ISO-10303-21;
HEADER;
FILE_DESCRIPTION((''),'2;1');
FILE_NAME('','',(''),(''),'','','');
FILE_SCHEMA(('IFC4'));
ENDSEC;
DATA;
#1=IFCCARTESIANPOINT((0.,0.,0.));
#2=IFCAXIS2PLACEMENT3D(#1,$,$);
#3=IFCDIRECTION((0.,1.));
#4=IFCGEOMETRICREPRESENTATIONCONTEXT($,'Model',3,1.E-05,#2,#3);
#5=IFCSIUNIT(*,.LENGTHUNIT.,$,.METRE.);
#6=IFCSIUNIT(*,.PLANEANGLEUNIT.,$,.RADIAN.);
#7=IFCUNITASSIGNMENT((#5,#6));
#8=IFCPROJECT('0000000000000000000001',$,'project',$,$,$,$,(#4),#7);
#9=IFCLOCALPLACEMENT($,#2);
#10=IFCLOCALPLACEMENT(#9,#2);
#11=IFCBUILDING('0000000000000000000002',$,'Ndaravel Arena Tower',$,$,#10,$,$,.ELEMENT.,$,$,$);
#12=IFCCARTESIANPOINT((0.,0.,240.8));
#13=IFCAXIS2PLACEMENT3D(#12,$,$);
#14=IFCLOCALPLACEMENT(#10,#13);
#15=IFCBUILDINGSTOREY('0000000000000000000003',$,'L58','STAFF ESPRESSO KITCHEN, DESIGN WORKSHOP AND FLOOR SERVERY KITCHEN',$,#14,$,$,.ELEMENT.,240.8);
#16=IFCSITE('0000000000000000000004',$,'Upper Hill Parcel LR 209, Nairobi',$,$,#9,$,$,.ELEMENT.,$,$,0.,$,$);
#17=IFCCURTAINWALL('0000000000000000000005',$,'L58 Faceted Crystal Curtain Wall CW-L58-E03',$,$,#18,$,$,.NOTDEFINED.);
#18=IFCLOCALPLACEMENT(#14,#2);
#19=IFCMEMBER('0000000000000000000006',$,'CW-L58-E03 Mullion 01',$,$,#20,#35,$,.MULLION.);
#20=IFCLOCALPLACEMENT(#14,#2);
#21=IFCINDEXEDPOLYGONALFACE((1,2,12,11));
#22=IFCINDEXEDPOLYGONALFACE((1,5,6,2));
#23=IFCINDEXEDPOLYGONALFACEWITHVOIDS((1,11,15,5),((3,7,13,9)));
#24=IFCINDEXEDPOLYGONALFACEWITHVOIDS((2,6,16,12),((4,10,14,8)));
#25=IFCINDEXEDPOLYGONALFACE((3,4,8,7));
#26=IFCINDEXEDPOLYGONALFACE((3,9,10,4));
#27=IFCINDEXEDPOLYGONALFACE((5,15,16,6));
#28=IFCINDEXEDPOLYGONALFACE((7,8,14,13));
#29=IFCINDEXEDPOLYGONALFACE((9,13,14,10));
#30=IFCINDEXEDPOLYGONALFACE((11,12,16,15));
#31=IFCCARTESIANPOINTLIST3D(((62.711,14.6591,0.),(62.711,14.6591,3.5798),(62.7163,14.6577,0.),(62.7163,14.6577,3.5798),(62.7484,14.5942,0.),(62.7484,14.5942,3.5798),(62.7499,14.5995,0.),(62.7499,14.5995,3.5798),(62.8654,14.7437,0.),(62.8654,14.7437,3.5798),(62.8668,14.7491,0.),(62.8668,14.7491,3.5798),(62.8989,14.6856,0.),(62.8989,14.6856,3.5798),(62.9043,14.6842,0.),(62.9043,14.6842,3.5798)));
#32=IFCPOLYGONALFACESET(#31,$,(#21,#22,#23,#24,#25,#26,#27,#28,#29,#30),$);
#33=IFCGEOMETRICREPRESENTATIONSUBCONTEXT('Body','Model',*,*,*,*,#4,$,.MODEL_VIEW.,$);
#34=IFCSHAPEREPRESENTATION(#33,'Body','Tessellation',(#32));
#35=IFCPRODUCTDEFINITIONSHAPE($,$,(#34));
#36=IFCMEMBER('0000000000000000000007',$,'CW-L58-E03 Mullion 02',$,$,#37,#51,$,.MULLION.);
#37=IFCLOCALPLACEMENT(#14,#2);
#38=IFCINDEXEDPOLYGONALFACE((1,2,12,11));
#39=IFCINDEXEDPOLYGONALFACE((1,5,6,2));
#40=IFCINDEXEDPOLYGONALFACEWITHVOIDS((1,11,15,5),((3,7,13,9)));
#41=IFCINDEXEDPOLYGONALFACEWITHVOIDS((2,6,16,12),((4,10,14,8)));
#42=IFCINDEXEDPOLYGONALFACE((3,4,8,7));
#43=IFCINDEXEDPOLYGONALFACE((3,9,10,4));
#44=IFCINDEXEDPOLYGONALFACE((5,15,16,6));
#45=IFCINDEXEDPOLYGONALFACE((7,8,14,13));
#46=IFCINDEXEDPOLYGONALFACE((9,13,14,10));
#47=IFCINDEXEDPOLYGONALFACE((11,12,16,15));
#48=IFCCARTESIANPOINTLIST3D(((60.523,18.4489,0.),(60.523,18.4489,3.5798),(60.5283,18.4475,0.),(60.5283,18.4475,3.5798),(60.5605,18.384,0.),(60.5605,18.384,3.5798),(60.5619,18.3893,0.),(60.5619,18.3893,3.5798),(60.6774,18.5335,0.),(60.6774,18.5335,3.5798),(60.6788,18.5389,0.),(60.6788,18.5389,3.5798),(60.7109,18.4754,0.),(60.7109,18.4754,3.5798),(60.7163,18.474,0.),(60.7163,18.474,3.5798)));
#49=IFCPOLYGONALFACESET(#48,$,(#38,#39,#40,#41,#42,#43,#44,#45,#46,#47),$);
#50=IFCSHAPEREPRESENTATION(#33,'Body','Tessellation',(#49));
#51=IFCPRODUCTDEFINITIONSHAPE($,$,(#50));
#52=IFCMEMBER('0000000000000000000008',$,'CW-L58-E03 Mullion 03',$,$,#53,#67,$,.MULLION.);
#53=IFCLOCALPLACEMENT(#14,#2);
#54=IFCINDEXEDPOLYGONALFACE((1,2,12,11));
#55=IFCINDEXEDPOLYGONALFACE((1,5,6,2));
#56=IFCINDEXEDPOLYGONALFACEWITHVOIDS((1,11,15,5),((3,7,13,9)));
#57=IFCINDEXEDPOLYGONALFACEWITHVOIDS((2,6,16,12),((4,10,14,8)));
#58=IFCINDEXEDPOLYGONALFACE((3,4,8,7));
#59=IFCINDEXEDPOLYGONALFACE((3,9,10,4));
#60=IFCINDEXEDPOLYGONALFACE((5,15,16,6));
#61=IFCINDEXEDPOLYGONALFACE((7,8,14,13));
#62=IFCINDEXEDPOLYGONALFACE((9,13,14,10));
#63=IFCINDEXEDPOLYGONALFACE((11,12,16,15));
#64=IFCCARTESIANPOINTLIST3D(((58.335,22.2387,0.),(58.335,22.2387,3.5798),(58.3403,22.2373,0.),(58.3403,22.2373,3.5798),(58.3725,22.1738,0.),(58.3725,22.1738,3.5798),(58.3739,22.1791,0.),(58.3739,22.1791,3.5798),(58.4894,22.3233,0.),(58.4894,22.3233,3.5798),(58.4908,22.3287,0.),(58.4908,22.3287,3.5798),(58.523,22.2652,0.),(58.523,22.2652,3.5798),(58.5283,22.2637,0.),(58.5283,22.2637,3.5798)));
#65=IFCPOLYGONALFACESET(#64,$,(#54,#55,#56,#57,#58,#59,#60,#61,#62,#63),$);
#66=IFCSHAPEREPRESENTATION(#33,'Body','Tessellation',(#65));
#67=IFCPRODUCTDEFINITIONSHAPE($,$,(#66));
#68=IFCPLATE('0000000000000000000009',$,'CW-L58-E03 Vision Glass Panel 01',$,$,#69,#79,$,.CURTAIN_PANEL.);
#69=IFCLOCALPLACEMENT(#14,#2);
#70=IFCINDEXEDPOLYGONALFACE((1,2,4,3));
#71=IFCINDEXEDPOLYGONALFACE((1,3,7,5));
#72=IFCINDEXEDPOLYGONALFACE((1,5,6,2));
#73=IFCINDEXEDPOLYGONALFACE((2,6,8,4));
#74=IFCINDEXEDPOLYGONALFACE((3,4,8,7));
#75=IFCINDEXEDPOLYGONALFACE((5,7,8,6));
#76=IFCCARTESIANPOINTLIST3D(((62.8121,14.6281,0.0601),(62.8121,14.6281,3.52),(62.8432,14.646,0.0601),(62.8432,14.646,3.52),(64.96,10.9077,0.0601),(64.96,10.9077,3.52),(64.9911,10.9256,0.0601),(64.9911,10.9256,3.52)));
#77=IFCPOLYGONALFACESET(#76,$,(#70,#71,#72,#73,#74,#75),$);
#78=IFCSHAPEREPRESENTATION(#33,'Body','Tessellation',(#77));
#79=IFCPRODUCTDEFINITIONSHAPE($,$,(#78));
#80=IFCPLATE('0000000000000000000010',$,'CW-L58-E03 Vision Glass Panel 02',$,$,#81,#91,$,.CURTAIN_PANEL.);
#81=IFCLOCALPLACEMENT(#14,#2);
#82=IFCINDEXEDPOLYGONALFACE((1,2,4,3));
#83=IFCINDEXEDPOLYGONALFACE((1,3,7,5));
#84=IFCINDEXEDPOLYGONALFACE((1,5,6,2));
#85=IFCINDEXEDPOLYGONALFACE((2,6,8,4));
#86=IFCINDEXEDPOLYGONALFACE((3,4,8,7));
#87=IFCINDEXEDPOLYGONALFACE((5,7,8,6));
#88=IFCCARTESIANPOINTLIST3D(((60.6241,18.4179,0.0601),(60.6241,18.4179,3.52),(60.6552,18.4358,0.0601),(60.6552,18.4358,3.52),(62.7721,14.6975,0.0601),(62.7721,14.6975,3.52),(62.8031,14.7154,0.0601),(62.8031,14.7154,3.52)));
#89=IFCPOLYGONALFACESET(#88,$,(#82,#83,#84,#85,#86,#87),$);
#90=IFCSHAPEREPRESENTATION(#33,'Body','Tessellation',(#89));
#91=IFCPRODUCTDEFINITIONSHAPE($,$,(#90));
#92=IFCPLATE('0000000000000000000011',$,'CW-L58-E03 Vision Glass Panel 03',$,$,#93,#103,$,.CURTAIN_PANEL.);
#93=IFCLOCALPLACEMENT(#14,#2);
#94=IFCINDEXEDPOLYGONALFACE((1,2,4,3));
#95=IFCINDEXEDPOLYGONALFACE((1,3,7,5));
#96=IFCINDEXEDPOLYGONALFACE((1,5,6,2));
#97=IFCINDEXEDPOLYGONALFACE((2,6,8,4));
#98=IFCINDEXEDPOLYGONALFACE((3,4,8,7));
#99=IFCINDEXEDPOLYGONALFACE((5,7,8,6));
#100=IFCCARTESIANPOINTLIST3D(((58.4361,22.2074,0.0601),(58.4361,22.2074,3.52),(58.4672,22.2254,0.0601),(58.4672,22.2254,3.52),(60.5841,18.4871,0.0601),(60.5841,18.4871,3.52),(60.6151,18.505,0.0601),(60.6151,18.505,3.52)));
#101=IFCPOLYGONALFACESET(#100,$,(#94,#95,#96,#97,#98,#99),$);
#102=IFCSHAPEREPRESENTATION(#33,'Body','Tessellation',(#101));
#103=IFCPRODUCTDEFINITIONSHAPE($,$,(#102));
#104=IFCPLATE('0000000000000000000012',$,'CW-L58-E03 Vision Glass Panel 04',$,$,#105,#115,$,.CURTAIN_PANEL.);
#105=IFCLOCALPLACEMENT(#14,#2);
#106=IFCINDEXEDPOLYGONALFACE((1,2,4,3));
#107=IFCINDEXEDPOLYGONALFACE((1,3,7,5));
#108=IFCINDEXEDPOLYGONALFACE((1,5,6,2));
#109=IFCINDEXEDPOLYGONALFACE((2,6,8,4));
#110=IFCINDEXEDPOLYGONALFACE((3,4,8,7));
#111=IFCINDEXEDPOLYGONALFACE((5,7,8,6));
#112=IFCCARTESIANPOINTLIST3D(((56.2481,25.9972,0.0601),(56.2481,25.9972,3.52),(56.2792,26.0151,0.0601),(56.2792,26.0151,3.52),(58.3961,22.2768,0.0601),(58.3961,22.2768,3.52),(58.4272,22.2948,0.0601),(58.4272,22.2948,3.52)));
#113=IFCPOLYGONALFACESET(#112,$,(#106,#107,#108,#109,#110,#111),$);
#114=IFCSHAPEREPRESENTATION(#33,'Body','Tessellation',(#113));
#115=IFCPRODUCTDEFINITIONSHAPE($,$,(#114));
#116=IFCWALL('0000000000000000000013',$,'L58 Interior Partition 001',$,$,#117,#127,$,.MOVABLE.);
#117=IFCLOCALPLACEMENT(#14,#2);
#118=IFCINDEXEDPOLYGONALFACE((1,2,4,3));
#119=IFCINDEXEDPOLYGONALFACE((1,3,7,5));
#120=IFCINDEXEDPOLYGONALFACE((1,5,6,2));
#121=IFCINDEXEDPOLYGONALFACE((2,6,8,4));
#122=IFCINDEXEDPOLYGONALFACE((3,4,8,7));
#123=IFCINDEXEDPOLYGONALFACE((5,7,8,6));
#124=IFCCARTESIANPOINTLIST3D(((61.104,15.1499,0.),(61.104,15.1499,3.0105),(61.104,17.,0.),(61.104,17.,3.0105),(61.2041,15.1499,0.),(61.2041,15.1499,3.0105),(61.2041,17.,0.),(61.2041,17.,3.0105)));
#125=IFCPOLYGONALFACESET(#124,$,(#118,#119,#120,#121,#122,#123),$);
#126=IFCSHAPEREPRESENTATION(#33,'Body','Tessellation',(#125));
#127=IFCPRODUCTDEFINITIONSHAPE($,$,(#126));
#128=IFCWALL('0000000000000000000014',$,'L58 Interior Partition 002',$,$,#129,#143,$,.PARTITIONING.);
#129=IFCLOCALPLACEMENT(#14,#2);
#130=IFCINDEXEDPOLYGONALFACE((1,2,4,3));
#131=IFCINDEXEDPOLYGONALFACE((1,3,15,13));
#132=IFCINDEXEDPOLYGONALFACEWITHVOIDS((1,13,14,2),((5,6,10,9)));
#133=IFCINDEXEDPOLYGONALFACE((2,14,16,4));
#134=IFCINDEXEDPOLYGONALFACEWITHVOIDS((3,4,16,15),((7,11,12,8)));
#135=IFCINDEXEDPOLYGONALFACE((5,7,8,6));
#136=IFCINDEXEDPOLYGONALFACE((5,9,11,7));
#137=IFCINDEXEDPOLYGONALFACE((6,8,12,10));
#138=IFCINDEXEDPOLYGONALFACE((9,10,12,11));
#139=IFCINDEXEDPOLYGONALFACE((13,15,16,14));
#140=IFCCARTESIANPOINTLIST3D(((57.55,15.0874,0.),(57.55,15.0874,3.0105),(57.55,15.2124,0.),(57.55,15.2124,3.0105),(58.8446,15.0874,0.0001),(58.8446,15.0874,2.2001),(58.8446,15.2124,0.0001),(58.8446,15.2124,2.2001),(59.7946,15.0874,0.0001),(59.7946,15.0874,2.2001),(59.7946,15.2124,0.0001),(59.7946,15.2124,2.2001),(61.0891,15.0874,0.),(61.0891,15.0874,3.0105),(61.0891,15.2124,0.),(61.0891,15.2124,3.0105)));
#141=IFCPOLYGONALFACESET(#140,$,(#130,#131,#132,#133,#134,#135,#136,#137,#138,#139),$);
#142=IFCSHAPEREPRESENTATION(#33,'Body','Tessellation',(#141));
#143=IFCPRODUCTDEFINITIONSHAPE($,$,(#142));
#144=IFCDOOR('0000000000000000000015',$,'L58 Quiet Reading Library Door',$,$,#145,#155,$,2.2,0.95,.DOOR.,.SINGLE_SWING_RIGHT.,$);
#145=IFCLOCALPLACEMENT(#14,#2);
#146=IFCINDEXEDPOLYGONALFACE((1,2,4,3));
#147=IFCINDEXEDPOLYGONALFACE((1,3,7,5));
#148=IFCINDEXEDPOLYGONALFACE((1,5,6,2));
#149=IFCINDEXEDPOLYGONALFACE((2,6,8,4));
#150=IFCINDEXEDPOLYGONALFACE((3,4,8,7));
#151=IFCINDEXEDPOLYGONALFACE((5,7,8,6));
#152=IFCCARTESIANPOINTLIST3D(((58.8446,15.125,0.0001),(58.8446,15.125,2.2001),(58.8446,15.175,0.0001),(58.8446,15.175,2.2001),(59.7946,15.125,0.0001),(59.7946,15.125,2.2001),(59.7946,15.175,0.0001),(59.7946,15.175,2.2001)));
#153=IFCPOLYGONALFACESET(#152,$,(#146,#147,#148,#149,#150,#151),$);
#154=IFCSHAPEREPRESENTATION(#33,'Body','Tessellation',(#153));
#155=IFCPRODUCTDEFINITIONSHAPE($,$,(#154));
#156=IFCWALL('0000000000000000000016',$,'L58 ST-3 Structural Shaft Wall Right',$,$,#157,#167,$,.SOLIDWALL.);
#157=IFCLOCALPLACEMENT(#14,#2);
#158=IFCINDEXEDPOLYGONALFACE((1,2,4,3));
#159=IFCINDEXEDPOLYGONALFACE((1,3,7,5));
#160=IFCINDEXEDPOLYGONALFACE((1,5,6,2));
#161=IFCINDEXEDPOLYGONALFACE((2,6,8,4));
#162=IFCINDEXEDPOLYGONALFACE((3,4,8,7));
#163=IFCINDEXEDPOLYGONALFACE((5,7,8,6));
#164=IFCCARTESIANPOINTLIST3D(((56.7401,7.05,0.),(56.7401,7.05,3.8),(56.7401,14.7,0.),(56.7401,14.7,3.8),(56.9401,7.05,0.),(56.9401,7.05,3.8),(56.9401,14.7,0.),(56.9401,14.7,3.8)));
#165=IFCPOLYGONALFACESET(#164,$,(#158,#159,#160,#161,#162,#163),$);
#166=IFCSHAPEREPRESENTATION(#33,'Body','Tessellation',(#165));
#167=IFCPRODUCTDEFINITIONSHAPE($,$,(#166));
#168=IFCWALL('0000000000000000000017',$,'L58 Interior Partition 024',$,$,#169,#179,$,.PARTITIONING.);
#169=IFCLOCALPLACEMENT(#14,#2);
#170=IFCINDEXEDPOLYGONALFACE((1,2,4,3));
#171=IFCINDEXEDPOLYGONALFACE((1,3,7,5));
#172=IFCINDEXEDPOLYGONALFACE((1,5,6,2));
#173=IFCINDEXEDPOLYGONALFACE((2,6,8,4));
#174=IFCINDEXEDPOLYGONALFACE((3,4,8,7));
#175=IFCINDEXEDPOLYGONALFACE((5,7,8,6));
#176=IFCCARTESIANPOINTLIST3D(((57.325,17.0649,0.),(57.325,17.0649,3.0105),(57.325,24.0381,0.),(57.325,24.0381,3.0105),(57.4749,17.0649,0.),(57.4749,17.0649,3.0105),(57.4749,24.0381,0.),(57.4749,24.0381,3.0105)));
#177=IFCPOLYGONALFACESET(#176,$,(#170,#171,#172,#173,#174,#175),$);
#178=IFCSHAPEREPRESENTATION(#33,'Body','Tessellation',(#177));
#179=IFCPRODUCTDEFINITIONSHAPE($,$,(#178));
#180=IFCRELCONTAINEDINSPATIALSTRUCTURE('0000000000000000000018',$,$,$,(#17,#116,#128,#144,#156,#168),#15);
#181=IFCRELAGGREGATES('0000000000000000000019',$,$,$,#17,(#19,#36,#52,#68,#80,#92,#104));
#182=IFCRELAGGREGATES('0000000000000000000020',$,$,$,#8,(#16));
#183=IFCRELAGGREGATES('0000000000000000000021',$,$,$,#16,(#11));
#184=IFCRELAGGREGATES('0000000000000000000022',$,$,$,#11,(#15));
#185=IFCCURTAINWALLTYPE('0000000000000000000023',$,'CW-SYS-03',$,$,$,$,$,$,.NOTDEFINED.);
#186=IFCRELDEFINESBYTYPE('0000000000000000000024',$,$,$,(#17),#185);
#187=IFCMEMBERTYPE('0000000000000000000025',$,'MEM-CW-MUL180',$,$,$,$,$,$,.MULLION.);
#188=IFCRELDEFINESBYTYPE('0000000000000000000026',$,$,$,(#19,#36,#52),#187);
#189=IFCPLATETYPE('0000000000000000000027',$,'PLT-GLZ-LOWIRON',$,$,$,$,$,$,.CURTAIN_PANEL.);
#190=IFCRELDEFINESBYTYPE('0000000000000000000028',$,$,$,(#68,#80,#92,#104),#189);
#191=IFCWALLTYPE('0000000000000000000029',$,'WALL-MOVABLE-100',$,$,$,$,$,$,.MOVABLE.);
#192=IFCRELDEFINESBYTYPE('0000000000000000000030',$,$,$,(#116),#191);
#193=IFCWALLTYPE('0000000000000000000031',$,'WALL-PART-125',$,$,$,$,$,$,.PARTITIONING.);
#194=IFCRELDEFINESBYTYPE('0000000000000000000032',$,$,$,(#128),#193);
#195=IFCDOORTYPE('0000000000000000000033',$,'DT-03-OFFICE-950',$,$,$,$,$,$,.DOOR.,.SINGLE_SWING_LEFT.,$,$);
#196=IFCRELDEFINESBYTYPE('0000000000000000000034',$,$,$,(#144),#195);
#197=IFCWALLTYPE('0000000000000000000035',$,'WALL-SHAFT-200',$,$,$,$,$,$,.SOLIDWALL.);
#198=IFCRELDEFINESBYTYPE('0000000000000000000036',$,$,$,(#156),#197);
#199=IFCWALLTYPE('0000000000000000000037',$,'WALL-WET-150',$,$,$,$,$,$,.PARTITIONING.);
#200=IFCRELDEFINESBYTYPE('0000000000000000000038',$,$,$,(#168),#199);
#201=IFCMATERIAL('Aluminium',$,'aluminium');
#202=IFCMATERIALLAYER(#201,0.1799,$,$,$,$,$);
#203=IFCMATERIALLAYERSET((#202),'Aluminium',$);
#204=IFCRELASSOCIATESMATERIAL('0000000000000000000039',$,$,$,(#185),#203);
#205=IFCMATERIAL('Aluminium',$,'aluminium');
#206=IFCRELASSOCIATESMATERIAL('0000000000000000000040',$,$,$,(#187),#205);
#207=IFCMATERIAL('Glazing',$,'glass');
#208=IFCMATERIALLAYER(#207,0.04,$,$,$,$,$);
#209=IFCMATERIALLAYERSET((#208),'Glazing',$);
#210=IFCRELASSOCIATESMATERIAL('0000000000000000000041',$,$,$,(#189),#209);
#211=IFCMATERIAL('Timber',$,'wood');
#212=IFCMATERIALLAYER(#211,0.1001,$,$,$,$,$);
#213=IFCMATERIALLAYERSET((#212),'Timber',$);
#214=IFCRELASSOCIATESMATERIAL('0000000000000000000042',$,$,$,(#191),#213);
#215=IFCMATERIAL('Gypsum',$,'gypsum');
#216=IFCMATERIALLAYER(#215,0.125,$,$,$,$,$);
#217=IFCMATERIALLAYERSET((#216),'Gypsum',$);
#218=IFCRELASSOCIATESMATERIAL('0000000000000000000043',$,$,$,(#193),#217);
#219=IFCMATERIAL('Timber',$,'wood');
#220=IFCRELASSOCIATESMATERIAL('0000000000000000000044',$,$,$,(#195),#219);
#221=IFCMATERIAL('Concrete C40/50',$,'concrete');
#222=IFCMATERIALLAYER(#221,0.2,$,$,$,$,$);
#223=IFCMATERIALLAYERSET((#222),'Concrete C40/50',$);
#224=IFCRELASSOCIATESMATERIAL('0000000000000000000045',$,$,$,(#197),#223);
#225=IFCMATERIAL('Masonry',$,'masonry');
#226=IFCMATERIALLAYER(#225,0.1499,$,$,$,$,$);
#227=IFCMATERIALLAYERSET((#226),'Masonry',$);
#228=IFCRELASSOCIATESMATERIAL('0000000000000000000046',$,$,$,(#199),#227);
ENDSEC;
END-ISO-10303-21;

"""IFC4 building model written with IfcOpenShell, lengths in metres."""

from ifc_helpers import new_model, si_unit, direction, frame, frame_2d, origin, origin_2d, place, context, subcontext, project, spatial, rectangle, hollow_rectangle, extrude, material, layer, layer_set, material_profile, profile_set, type_object, element, fill, aggregate, save


model = new_model("IFC4")

# Units and contexts
model_context = context("Model", 3, precision=1e-05, world=origin(), true_north=direction((0.0, 1.0)))
body_context = subcontext(model_context, "Body", "Model", "MODEL_VIEW")
ifc_project = project(units=[si_unit("LENGTHUNIT", "METRE"), si_unit("PLANEANGLEUNIT", "RADIAN")], contexts=[model_context])

# Site, building, storey
site_placement = place(None, origin())
site = spatial("IfcSite", under=ifc_project, at=site_placement, Name="Upper Hill Parcel LR 209, Nairobi", CompositionType="ELEMENT", RefElevation=0.0)
building_placement = place(site_placement, origin())
building = spatial("IfcBuilding", under=site, at=building_placement, Name="Ndaravel Arena Tower", CompositionType="ELEMENT")
storey_placement = place(building_placement, frame((0.0, 0.0, 240.8)))
storey = spatial("IfcBuildingStorey", under=building, at=storey_placement, Name="L58", Description="STAFF ESPRESSO KITCHEN, DESIGN WORKSHOP AND FLOOR SERVERY KITCHEN", CompositionType="ELEMENT", Elevation=240.8)

# Curtain wall, members, plates
ifc_material_1 = material(Name="Aluminium", Category="aluminium")
ifc_layer_1 = layer(ifc_material_1, 0.1799)
ifc_layer_set_1 = layer_set([ifc_layer_1], Name="Aluminium")
curtain_wall_type = type_object("IfcCurtainWallType", Name="CW-SYS-03", PredefinedType="NOTDEFINED", material=ifc_layer_set_1)
curtain_wall_placement = place(storey_placement, origin())
curtain_wall = element("IfcCurtainWall", 1, at=curtain_wall_placement, inside=storey, type_object=curtain_wall_type, Name="L58 Faceted Crystal Curtain Wall CW-L58-E03", PredefinedType="NOTDEFINED")
ifc_material_2 = material(Name="Aluminium", Category="aluminium")
ifc_material_profile = material_profile(ifc_material_2, hollow_rectangle(XDim=0.075, YDim=0.1799, WallThickness=0.0039, at=origin_2d()), Name="CW MULLION 75x180x4")
ifc_profile_set = profile_set([ifc_material_profile], Name="Aluminium")
member_type = type_object("IfcMemberType", Name="MEM-CW-MUL180", PredefinedType="MULLION", material=ifc_profile_set)
member_1_placement = place(storey_placement, frame((62.8076, 14.6716, 0.0), z_axis=(0.0, 0.0, 1.0), x_axis=(-0.5, 0.866025, 0.0)))
member_1 = element("IfcMember", 2, at=member_1_placement, type_object=member_type, Name="CW-L58-E03 Mullion 01", PredefinedType="MULLION", context=body_context, shape_type="SweptSolid", body=[
    extrude(hollow_rectangle(XDim=0.075, YDim=0.1799, WallThickness=0.0039, at=origin_2d()), origin(), (0.0, 0.0, 1.0), 3.5798),
])
member_2_placement = place(storey_placement, frame((60.6196, 18.4614, 0.0), z_axis=(0.0, 0.0, 1.0), x_axis=(-0.5, 0.866025, 0.0)))
member_2 = element("IfcMember", 3, at=member_2_placement, type_object=member_type, Name="CW-L58-E03 Mullion 02", PredefinedType="MULLION", context=body_context, shape_type="SweptSolid", body=[
    extrude(hollow_rectangle(XDim=0.075, YDim=0.1799, WallThickness=0.0039, at=origin_2d()), origin(), (0.0, 0.0, 1.0), 3.5798),
])
member_3_placement = place(storey_placement, frame((58.4316, 22.2512, 0.0), z_axis=(0.0, 0.0, 1.0), x_axis=(-0.5, 0.866025, 0.0)))
member_3 = element("IfcMember", 4, at=member_3_placement, type_object=member_type, Name="CW-L58-E03 Mullion 03", PredefinedType="MULLION", context=body_context, shape_type="SweptSolid", body=[
    extrude(hollow_rectangle(XDim=0.075, YDim=0.1799, WallThickness=0.0039, at=origin_2d()), origin(), (0.0, 0.0, 1.0), 3.5798),
])
ifc_material_3 = material(Name="Glazing", Category="glass")
ifc_layer_2 = layer(ifc_material_3, 0.04)
ifc_layer_set_2 = layer_set([ifc_layer_2], Name="Glazing")
plate_type = type_object("IfcPlateType", Name="PLT-GLZ-LOWIRON", PredefinedType="CURTAIN_PANEL", material=ifc_layer_set_2)
plate_1_placement = place(storey_placement, frame((63.9016, 12.7769, 0.0601), z_axis=(0.0, 0.0, 1.0), x_axis=(-0.5, 0.866025, 0.0)))
plate_1 = element("IfcPlate", 5, at=plate_1_placement, type_object=plate_type, Name="CW-L58-E03 Vision Glass Panel 01", PredefinedType="CURTAIN_PANEL", context=body_context, shape_type="SweptSolid", body=[
    extrude(rectangle(XDim=4.2959, YDim=0.0359, at=origin_2d()), origin(), (0.0, 0.0, 1.0), 3.46),
])
plate_2_placement = place(storey_placement, frame((61.7136, 16.5667, 0.0601), z_axis=(0.0, 0.0, 1.0), x_axis=(-0.5, 0.866025, 0.0)))
plate_2 = element("IfcPlate", 6, at=plate_2_placement, type_object=plate_type, Name="CW-L58-E03 Vision Glass Panel 02", PredefinedType="CURTAIN_PANEL", context=body_context, shape_type="SweptSolid", body=[
    extrude(rectangle(XDim=4.2959, YDim=0.0359, at=origin_2d()), origin(), (0.0, 0.0, 1.0), 3.46),
])
plate_3_placement = place(storey_placement, frame((59.5256, 20.3562, 0.0601), z_axis=(0.0, 0.0, 1.0), x_axis=(-0.5, 0.866025, 0.0)))
plate_3 = element("IfcPlate", 7, at=plate_3_placement, type_object=plate_type, Name="CW-L58-E03 Vision Glass Panel 03", PredefinedType="CURTAIN_PANEL", context=body_context, shape_type="SweptSolid", body=[
    extrude(rectangle(XDim=4.2959, YDim=0.0359, at=origin_2d()), origin(), (0.0, 0.0, 1.0), 3.46),
])
plate_4_placement = place(storey_placement, frame((57.3376, 24.146, 0.0601), z_axis=(0.0, 0.0, 1.0), x_axis=(-0.5, 0.866025, 0.0)))
plate_4 = element("IfcPlate", 8, at=plate_4_placement, type_object=plate_type, Name="CW-L58-E03 Vision Glass Panel 04", PredefinedType="CURTAIN_PANEL", context=body_context, shape_type="SweptSolid", body=[
    extrude(rectangle(XDim=4.2959, YDim=0.0359, at=origin_2d()), origin(), (0.0, 0.0, 1.0), 3.46),
])
aggregate(curtain_wall, [member_1, member_2, member_3, plate_1, plate_2, plate_3, plate_4])

# Wall
ifc_material_4 = material(Name="Timber", Category="wood")
ifc_layer_3 = layer(ifc_material_4, 0.1001)
ifc_layer_set_3 = layer_set([ifc_layer_3], Name="Timber")
wall_type_1 = type_object("IfcWallType", Name="WALL-MOVABLE-100", PredefinedType="MOVABLE", material=ifc_layer_set_3)
wall_1_placement = place(storey_placement, frame((61.1541, 17.0, 0.0), z_axis=(0.0, 0.0, 1.0), x_axis=(0.0, -1.0, 0.0)))
element("IfcWall", 9, at=wall_1_placement, inside=storey, type_object=wall_type_1, Name="L58 Interior Partition 001", PredefinedType="MOVABLE", context=body_context, shape_type="SweptSolid", body=[
    extrude(rectangle(XDim=1.8501, YDim=0.1001, at=frame_2d((0.925, 0.0))), origin(), (0.0, 0.0, 1.0), 3.0105),
])

# Wall, opening, door
ifc_material_5 = material(Name="Gypsum", Category="gypsum")
ifc_layer_4 = layer(ifc_material_5, 0.125)
ifc_layer_set_4 = layer_set([ifc_layer_4], Name="Gypsum")
wall_type_2 = type_object("IfcWallType", Name="WALL-PART-125", PredefinedType="PARTITIONING", material=ifc_layer_set_4)
wall_2_placement = place(storey_placement, frame((61.0891, 15.1499, 0.0), z_axis=(0.0, 0.0, 1.0), x_axis=(-1.0, 0.0, 0.0)))
wall_2 = element("IfcWall", 10, at=wall_2_placement, inside=storey, type_object=wall_type_2, Name="L58 Interior Partition 002", PredefinedType="PARTITIONING", context=body_context, shape_type="SweptSolid", body=[
    extrude(rectangle(XDim=3.5391, YDim=0.125, at=frame_2d((1.7695, 0.0))), origin(), (0.0, 0.0, 1.0), 3.0105),
])
opening_1_placement = place(wall_2_placement, frame((1.2944, 0.0, 0.0)))
opening_1 = element("IfcOpeningElement", 11, at=opening_1_placement, cuts=wall_2, PredefinedType="OPENING", context=body_context, shape_type="SweptSolid", body=[
    extrude(rectangle(XDim=0.95, YDim=2.2, at=frame_2d((0.4751, 1.1001))), frame((0.0, 0.0625, 0.0), z_axis=(0.0, -1.0, 0.0), x_axis=(1.0, 0.0, 0.0)), (0.0, 0.0, 1.0), 0.125),
])
ifc_material_6 = material(Name="Timber", Category="wood")
door_type_1 = type_object("IfcDoorType", Name="DT-03-OFFICE-950", OperationType="SINGLE_SWING_LEFT", PredefinedType="DOOR", material=ifc_material_6)
door_1_placement = place(opening_1_placement, origin())
door_1 = element("IfcDoor", 12, at=door_1_placement, inside=storey, type_object=door_type_1, Name="L58 Quiet Reading Library Door", OperationType="SINGLE_SWING_RIGHT", OverallHeight=2.2, OverallWidth=0.95, PredefinedType="DOOR", context=body_context, shape_type="SweptSolid", body=[
    extrude(rectangle(XDim=0.95, YDim=2.2, at=frame_2d((0.4751, 1.1001))), frame((0.0, 0.0249, 0.0), z_axis=(0.0, -1.0, 0.0), x_axis=(1.0, 0.0, 0.0)), (0.0, 0.0, 1.0), 0.05),
])
fill(opening_1, door_1)

# Wall
ifc_material_7 = material(Name="Concrete C40/50", Category="concrete")
ifc_layer_5 = layer(ifc_material_7, 0.2)
ifc_layer_set_5 = layer_set([ifc_layer_5], Name="Concrete C40/50")
wall_type_3 = type_object("IfcWallType", Name="WALL-SHAFT-200", PredefinedType="SOLIDWALL", material=ifc_layer_set_5)
wall_3_placement = place(storey_placement, frame((56.8401, 14.7, 0.0), z_axis=(0.0, 0.0, 1.0), x_axis=(0.0, -1.0, 0.0)))
element("IfcWall", 13, at=wall_3_placement, inside=storey, type_object=wall_type_3, Name="L58 ST-3 Structural Shaft Wall Right", PredefinedType="SOLIDWALL", context=body_context, shape_type="SweptSolid", body=[
    extrude(rectangle(XDim=7.6499, YDim=0.2, at=frame_2d((3.825, 0.0))), origin(), (0.0, 0.0, 1.0), 3.8),
])

# Shared definitions
ifc_material_8 = material(Name="Masonry", Category="masonry")
ifc_layer_6 = layer(ifc_material_8, 0.1499)
ifc_layer_set_6 = layer_set([ifc_layer_6], Name="Masonry")
wall_type_4 = type_object("IfcWallType", Name="WALL-WET-150", PredefinedType="PARTITIONING", material=ifc_layer_set_6)

# Wall
wall_4_placement = place(storey_placement, frame((57.3999, 17.0649, 0.0), z_axis=(0.0, 0.0, 1.0), x_axis=(0.0, 1.0, 0.0)))
element("IfcWall", 14, at=wall_4_placement, inside=storey, type_object=wall_type_4, Name="L58 Interior Partition 024", PredefinedType="PARTITIONING", context=body_context, shape_type="SweptSolid", body=[
    extrude(rectangle(XDim=6.9731, YDim=0.1499, at=frame_2d((3.4866, 0.0))), origin(), (0.0, 0.0, 1.0), 3.0105),
])

save(model, "model.ifc")
